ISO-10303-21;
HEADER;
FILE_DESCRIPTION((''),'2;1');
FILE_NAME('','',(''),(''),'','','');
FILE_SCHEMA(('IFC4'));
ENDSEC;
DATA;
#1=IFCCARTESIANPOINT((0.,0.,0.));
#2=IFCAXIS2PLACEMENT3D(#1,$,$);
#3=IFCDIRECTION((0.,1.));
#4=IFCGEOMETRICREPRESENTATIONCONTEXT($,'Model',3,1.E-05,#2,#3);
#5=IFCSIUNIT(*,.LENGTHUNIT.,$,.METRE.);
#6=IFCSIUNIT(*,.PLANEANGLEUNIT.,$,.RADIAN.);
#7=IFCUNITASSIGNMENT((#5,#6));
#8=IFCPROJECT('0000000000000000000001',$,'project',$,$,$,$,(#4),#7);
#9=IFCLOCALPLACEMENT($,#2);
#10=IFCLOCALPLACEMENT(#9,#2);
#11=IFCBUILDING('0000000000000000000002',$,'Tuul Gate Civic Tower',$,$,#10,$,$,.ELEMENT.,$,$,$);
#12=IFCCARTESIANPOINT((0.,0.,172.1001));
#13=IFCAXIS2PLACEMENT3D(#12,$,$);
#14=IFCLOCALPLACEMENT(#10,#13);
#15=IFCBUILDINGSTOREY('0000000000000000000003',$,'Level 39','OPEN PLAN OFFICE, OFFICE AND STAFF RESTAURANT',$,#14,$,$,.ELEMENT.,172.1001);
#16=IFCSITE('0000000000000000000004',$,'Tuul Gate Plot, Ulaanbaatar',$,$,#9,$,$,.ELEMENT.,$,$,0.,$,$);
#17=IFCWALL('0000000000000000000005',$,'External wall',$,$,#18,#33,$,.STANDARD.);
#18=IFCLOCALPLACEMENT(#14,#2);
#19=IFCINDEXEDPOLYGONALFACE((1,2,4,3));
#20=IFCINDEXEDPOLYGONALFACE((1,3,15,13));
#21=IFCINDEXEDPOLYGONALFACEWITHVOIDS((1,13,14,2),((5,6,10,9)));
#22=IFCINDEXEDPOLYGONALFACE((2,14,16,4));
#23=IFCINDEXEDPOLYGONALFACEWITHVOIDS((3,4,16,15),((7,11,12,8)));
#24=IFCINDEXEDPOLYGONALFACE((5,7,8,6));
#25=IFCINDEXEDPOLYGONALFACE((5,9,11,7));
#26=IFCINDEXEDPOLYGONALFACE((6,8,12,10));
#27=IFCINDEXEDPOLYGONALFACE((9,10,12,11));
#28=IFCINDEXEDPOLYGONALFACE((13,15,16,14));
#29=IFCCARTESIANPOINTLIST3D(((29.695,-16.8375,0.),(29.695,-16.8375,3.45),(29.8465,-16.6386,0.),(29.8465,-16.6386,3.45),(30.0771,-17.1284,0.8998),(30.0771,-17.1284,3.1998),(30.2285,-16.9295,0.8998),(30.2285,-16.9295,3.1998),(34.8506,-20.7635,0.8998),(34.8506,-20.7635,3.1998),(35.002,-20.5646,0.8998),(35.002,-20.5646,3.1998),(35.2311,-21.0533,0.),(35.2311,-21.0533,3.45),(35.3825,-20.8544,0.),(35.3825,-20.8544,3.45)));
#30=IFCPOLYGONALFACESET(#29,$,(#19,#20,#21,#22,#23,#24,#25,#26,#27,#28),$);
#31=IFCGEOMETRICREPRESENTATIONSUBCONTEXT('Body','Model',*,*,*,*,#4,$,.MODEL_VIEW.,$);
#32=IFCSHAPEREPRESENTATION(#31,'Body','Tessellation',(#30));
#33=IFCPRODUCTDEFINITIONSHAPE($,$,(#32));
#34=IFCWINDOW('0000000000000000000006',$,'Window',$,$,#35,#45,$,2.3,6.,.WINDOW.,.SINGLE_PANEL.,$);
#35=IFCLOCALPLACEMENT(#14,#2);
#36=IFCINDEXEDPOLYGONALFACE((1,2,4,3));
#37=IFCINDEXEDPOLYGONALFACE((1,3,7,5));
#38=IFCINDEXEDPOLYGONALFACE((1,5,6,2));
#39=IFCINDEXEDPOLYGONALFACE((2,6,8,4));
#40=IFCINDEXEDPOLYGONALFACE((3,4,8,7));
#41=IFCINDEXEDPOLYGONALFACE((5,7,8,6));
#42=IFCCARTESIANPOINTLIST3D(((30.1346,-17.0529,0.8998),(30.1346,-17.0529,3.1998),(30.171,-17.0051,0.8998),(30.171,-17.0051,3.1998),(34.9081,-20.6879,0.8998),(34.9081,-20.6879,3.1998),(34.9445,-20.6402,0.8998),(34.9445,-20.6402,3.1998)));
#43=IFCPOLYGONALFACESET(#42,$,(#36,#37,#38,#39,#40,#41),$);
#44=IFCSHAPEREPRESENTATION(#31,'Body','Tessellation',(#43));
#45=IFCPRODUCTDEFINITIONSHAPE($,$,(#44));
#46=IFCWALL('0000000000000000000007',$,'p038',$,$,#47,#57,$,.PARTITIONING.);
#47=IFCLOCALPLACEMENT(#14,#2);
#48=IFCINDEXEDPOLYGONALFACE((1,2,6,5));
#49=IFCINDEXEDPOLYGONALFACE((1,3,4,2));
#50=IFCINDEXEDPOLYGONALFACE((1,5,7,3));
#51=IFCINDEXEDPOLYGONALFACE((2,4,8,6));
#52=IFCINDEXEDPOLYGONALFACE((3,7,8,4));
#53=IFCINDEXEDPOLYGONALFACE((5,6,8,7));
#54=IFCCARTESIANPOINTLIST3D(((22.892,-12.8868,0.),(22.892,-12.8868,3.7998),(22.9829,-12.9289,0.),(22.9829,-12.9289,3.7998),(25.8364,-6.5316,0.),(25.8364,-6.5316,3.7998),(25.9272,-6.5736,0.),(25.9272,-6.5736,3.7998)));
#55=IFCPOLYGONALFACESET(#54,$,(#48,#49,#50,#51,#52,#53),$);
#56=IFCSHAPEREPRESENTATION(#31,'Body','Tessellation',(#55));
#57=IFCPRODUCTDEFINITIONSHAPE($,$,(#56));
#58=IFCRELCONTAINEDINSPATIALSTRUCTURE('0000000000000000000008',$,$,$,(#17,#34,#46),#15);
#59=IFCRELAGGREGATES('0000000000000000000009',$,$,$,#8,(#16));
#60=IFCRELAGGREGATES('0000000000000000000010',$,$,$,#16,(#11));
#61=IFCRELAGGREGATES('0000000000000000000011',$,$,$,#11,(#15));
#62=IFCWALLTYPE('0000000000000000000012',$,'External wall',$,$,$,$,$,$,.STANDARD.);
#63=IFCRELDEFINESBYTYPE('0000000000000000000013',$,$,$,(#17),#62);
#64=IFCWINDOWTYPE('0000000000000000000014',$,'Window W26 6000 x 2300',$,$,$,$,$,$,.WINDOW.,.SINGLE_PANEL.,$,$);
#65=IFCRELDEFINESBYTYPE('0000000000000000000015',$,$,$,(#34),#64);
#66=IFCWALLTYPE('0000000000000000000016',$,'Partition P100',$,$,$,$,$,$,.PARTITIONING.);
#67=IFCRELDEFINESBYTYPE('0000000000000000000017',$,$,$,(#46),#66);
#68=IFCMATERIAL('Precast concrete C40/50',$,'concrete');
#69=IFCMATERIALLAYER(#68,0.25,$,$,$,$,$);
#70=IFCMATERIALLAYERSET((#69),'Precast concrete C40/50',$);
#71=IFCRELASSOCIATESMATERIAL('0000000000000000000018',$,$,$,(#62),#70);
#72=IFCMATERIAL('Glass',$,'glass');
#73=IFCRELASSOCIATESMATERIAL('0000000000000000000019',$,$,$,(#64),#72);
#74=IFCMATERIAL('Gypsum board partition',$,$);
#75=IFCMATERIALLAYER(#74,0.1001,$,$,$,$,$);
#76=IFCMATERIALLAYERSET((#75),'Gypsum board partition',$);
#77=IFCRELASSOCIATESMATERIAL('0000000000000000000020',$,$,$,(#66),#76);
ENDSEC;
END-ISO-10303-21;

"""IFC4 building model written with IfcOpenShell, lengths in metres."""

from ifc_helpers import new_model, si_unit, direction, frame, frame_2d, origin, place, context, subcontext, project, spatial, rectangle, extrude, material, layer, layer_set, type_object, element, fill, save


model = new_model("IFC4")

# Units and contexts
model_context = context("Model", 3, precision=1e-05, world=origin(), true_north=direction((0.0, 1.0)))
body_context = subcontext(model_context, "Body", "Model", "MODEL_VIEW")
ifc_project = project(units=[si_unit("LENGTHUNIT", "METRE"), si_unit("PLANEANGLEUNIT", "RADIAN")], contexts=[model_context])

# Site, building, storey
site_placement = place(None, origin())
site = spatial("IfcSite", under=ifc_project, at=site_placement, Name="Tuul Gate Plot, Ulaanbaatar", CompositionType="ELEMENT", RefElevation=0.0)
building_placement = place(site_placement, origin())
building = spatial("IfcBuilding", under=site, at=building_placement, Name="Tuul Gate Civic Tower", CompositionType="ELEMENT")
storey_placement = place(building_placement, frame((0.0, 0.0, 172.1001)))
storey = spatial("IfcBuildingStorey", under=building, at=storey_placement, Name="Level 39", Description="OPEN PLAN OFFICE, OFFICE AND STAFF RESTAURANT", CompositionType="ELEMENT", Elevation=172.1001)

# Wall, opening, window
ifc_material_1 = material(Name="Precast concrete C40/50", Category="concrete")
ifc_layer_1 = layer(ifc_material_1, 0.25)
ifc_layer_set_1 = layer_set([ifc_layer_1], Name="Precast concrete C40/50")
wall_type_1 = type_object("IfcWallType", Name="External wall", PredefinedType="STANDARD", material=ifc_layer_set_1)
ifc_material_2 = material(Name="Glass", Category="glass")
window_type = type_object("IfcWindowType", Name="Window W26 6000 x 2300", PartitioningType="SINGLE_PANEL", PredefinedType="WINDOW", material=ifc_material_2)
wall_1_placement = place(storey_placement, frame((29.7708, -16.738, 0.0), z_axis=(0.0, 0.0, 1.0), x_axis=(0.795583, -0.605844, 0.0)))
wall_1 = element("IfcWall", 1, at=wall_1_placement, inside=storey, type_object=wall_type_1, Name="External wall", PredefinedType="STANDARD", context=body_context, shape_type="SweptSolid", body=[
    extrude(rectangle(XDim=6.9585, YDim=0.25, at=frame_2d((3.4792, 0.0))), origin(), (0.0, 0.0, 1.0), 3.45),
])
opening_1_placement = place(wall_1_placement, frame((0.4802, 0.0, 0.8999)))
opening_1 = element("IfcOpeningElement", 2, at=opening_1_placement, cuts=wall_1, PredefinedType="OPENING", context=body_context, shape_type="SweptSolid", body=[
    extrude(rectangle(XDim=6.0, YDim=2.3, at=frame_2d((3.0, 1.1499))), frame((0.0, 0.135, 0.0), z_axis=(0.0, -1.0, 0.0), x_axis=(1.0, 0.0, 0.0)), (0.0, 0.0, 1.0), 0.27),
])
window_1_placement = place(opening_1_placement, origin())
window_1 = element("IfcWindow", 3, at=window_1_placement, inside=storey, type_object=window_type, Name="Window", OverallHeight=2.3, OverallWidth=6.0, PartitioningType="SINGLE_PANEL", PredefinedType="WINDOW", context=body_context, shape_type="SweptSolid", body=[
    extrude(rectangle(XDim=6.0, YDim=2.3, at=frame_2d((3.0, 1.1499))), frame((0.0, 0.03, 0.0), z_axis=(0.0, -1.0, 0.0), x_axis=(1.0, 0.0, 0.0)), (0.0, 0.0, 1.0), 0.0601),
])
fill(opening_1, window_1)

# Wall
ifc_material_3 = material(Name="Gypsum board partition")
ifc_layer_2 = layer(ifc_material_3, 0.1001)
ifc_layer_set_2 = layer_set([ifc_layer_2], Name="Gypsum board partition")
wall_type_2 = type_object("IfcWallType", Name="Partition P100", PredefinedType="PARTITIONING", material=ifc_layer_set_2)
wall_2_placement = place(storey_placement, frame((22.9375, -12.9077, 0.0), z_axis=(0.0, 0.0, 1.0), x_axis=(0.420371, 0.907352, 0.0)))
element("IfcWall", 4, at=wall_2_placement, inside=storey, type_object=wall_type_2, Name="p038", PredefinedType="PARTITIONING", context=body_context, shape_type="SweptSolid", body=[
    extrude(rectangle(XDim=7.0042, YDim=0.1001, at=frame_2d((3.502, 0.0))), origin(), (0.0, 0.0, 1.0), 3.7998),
])

save(model, "model.ifc")
